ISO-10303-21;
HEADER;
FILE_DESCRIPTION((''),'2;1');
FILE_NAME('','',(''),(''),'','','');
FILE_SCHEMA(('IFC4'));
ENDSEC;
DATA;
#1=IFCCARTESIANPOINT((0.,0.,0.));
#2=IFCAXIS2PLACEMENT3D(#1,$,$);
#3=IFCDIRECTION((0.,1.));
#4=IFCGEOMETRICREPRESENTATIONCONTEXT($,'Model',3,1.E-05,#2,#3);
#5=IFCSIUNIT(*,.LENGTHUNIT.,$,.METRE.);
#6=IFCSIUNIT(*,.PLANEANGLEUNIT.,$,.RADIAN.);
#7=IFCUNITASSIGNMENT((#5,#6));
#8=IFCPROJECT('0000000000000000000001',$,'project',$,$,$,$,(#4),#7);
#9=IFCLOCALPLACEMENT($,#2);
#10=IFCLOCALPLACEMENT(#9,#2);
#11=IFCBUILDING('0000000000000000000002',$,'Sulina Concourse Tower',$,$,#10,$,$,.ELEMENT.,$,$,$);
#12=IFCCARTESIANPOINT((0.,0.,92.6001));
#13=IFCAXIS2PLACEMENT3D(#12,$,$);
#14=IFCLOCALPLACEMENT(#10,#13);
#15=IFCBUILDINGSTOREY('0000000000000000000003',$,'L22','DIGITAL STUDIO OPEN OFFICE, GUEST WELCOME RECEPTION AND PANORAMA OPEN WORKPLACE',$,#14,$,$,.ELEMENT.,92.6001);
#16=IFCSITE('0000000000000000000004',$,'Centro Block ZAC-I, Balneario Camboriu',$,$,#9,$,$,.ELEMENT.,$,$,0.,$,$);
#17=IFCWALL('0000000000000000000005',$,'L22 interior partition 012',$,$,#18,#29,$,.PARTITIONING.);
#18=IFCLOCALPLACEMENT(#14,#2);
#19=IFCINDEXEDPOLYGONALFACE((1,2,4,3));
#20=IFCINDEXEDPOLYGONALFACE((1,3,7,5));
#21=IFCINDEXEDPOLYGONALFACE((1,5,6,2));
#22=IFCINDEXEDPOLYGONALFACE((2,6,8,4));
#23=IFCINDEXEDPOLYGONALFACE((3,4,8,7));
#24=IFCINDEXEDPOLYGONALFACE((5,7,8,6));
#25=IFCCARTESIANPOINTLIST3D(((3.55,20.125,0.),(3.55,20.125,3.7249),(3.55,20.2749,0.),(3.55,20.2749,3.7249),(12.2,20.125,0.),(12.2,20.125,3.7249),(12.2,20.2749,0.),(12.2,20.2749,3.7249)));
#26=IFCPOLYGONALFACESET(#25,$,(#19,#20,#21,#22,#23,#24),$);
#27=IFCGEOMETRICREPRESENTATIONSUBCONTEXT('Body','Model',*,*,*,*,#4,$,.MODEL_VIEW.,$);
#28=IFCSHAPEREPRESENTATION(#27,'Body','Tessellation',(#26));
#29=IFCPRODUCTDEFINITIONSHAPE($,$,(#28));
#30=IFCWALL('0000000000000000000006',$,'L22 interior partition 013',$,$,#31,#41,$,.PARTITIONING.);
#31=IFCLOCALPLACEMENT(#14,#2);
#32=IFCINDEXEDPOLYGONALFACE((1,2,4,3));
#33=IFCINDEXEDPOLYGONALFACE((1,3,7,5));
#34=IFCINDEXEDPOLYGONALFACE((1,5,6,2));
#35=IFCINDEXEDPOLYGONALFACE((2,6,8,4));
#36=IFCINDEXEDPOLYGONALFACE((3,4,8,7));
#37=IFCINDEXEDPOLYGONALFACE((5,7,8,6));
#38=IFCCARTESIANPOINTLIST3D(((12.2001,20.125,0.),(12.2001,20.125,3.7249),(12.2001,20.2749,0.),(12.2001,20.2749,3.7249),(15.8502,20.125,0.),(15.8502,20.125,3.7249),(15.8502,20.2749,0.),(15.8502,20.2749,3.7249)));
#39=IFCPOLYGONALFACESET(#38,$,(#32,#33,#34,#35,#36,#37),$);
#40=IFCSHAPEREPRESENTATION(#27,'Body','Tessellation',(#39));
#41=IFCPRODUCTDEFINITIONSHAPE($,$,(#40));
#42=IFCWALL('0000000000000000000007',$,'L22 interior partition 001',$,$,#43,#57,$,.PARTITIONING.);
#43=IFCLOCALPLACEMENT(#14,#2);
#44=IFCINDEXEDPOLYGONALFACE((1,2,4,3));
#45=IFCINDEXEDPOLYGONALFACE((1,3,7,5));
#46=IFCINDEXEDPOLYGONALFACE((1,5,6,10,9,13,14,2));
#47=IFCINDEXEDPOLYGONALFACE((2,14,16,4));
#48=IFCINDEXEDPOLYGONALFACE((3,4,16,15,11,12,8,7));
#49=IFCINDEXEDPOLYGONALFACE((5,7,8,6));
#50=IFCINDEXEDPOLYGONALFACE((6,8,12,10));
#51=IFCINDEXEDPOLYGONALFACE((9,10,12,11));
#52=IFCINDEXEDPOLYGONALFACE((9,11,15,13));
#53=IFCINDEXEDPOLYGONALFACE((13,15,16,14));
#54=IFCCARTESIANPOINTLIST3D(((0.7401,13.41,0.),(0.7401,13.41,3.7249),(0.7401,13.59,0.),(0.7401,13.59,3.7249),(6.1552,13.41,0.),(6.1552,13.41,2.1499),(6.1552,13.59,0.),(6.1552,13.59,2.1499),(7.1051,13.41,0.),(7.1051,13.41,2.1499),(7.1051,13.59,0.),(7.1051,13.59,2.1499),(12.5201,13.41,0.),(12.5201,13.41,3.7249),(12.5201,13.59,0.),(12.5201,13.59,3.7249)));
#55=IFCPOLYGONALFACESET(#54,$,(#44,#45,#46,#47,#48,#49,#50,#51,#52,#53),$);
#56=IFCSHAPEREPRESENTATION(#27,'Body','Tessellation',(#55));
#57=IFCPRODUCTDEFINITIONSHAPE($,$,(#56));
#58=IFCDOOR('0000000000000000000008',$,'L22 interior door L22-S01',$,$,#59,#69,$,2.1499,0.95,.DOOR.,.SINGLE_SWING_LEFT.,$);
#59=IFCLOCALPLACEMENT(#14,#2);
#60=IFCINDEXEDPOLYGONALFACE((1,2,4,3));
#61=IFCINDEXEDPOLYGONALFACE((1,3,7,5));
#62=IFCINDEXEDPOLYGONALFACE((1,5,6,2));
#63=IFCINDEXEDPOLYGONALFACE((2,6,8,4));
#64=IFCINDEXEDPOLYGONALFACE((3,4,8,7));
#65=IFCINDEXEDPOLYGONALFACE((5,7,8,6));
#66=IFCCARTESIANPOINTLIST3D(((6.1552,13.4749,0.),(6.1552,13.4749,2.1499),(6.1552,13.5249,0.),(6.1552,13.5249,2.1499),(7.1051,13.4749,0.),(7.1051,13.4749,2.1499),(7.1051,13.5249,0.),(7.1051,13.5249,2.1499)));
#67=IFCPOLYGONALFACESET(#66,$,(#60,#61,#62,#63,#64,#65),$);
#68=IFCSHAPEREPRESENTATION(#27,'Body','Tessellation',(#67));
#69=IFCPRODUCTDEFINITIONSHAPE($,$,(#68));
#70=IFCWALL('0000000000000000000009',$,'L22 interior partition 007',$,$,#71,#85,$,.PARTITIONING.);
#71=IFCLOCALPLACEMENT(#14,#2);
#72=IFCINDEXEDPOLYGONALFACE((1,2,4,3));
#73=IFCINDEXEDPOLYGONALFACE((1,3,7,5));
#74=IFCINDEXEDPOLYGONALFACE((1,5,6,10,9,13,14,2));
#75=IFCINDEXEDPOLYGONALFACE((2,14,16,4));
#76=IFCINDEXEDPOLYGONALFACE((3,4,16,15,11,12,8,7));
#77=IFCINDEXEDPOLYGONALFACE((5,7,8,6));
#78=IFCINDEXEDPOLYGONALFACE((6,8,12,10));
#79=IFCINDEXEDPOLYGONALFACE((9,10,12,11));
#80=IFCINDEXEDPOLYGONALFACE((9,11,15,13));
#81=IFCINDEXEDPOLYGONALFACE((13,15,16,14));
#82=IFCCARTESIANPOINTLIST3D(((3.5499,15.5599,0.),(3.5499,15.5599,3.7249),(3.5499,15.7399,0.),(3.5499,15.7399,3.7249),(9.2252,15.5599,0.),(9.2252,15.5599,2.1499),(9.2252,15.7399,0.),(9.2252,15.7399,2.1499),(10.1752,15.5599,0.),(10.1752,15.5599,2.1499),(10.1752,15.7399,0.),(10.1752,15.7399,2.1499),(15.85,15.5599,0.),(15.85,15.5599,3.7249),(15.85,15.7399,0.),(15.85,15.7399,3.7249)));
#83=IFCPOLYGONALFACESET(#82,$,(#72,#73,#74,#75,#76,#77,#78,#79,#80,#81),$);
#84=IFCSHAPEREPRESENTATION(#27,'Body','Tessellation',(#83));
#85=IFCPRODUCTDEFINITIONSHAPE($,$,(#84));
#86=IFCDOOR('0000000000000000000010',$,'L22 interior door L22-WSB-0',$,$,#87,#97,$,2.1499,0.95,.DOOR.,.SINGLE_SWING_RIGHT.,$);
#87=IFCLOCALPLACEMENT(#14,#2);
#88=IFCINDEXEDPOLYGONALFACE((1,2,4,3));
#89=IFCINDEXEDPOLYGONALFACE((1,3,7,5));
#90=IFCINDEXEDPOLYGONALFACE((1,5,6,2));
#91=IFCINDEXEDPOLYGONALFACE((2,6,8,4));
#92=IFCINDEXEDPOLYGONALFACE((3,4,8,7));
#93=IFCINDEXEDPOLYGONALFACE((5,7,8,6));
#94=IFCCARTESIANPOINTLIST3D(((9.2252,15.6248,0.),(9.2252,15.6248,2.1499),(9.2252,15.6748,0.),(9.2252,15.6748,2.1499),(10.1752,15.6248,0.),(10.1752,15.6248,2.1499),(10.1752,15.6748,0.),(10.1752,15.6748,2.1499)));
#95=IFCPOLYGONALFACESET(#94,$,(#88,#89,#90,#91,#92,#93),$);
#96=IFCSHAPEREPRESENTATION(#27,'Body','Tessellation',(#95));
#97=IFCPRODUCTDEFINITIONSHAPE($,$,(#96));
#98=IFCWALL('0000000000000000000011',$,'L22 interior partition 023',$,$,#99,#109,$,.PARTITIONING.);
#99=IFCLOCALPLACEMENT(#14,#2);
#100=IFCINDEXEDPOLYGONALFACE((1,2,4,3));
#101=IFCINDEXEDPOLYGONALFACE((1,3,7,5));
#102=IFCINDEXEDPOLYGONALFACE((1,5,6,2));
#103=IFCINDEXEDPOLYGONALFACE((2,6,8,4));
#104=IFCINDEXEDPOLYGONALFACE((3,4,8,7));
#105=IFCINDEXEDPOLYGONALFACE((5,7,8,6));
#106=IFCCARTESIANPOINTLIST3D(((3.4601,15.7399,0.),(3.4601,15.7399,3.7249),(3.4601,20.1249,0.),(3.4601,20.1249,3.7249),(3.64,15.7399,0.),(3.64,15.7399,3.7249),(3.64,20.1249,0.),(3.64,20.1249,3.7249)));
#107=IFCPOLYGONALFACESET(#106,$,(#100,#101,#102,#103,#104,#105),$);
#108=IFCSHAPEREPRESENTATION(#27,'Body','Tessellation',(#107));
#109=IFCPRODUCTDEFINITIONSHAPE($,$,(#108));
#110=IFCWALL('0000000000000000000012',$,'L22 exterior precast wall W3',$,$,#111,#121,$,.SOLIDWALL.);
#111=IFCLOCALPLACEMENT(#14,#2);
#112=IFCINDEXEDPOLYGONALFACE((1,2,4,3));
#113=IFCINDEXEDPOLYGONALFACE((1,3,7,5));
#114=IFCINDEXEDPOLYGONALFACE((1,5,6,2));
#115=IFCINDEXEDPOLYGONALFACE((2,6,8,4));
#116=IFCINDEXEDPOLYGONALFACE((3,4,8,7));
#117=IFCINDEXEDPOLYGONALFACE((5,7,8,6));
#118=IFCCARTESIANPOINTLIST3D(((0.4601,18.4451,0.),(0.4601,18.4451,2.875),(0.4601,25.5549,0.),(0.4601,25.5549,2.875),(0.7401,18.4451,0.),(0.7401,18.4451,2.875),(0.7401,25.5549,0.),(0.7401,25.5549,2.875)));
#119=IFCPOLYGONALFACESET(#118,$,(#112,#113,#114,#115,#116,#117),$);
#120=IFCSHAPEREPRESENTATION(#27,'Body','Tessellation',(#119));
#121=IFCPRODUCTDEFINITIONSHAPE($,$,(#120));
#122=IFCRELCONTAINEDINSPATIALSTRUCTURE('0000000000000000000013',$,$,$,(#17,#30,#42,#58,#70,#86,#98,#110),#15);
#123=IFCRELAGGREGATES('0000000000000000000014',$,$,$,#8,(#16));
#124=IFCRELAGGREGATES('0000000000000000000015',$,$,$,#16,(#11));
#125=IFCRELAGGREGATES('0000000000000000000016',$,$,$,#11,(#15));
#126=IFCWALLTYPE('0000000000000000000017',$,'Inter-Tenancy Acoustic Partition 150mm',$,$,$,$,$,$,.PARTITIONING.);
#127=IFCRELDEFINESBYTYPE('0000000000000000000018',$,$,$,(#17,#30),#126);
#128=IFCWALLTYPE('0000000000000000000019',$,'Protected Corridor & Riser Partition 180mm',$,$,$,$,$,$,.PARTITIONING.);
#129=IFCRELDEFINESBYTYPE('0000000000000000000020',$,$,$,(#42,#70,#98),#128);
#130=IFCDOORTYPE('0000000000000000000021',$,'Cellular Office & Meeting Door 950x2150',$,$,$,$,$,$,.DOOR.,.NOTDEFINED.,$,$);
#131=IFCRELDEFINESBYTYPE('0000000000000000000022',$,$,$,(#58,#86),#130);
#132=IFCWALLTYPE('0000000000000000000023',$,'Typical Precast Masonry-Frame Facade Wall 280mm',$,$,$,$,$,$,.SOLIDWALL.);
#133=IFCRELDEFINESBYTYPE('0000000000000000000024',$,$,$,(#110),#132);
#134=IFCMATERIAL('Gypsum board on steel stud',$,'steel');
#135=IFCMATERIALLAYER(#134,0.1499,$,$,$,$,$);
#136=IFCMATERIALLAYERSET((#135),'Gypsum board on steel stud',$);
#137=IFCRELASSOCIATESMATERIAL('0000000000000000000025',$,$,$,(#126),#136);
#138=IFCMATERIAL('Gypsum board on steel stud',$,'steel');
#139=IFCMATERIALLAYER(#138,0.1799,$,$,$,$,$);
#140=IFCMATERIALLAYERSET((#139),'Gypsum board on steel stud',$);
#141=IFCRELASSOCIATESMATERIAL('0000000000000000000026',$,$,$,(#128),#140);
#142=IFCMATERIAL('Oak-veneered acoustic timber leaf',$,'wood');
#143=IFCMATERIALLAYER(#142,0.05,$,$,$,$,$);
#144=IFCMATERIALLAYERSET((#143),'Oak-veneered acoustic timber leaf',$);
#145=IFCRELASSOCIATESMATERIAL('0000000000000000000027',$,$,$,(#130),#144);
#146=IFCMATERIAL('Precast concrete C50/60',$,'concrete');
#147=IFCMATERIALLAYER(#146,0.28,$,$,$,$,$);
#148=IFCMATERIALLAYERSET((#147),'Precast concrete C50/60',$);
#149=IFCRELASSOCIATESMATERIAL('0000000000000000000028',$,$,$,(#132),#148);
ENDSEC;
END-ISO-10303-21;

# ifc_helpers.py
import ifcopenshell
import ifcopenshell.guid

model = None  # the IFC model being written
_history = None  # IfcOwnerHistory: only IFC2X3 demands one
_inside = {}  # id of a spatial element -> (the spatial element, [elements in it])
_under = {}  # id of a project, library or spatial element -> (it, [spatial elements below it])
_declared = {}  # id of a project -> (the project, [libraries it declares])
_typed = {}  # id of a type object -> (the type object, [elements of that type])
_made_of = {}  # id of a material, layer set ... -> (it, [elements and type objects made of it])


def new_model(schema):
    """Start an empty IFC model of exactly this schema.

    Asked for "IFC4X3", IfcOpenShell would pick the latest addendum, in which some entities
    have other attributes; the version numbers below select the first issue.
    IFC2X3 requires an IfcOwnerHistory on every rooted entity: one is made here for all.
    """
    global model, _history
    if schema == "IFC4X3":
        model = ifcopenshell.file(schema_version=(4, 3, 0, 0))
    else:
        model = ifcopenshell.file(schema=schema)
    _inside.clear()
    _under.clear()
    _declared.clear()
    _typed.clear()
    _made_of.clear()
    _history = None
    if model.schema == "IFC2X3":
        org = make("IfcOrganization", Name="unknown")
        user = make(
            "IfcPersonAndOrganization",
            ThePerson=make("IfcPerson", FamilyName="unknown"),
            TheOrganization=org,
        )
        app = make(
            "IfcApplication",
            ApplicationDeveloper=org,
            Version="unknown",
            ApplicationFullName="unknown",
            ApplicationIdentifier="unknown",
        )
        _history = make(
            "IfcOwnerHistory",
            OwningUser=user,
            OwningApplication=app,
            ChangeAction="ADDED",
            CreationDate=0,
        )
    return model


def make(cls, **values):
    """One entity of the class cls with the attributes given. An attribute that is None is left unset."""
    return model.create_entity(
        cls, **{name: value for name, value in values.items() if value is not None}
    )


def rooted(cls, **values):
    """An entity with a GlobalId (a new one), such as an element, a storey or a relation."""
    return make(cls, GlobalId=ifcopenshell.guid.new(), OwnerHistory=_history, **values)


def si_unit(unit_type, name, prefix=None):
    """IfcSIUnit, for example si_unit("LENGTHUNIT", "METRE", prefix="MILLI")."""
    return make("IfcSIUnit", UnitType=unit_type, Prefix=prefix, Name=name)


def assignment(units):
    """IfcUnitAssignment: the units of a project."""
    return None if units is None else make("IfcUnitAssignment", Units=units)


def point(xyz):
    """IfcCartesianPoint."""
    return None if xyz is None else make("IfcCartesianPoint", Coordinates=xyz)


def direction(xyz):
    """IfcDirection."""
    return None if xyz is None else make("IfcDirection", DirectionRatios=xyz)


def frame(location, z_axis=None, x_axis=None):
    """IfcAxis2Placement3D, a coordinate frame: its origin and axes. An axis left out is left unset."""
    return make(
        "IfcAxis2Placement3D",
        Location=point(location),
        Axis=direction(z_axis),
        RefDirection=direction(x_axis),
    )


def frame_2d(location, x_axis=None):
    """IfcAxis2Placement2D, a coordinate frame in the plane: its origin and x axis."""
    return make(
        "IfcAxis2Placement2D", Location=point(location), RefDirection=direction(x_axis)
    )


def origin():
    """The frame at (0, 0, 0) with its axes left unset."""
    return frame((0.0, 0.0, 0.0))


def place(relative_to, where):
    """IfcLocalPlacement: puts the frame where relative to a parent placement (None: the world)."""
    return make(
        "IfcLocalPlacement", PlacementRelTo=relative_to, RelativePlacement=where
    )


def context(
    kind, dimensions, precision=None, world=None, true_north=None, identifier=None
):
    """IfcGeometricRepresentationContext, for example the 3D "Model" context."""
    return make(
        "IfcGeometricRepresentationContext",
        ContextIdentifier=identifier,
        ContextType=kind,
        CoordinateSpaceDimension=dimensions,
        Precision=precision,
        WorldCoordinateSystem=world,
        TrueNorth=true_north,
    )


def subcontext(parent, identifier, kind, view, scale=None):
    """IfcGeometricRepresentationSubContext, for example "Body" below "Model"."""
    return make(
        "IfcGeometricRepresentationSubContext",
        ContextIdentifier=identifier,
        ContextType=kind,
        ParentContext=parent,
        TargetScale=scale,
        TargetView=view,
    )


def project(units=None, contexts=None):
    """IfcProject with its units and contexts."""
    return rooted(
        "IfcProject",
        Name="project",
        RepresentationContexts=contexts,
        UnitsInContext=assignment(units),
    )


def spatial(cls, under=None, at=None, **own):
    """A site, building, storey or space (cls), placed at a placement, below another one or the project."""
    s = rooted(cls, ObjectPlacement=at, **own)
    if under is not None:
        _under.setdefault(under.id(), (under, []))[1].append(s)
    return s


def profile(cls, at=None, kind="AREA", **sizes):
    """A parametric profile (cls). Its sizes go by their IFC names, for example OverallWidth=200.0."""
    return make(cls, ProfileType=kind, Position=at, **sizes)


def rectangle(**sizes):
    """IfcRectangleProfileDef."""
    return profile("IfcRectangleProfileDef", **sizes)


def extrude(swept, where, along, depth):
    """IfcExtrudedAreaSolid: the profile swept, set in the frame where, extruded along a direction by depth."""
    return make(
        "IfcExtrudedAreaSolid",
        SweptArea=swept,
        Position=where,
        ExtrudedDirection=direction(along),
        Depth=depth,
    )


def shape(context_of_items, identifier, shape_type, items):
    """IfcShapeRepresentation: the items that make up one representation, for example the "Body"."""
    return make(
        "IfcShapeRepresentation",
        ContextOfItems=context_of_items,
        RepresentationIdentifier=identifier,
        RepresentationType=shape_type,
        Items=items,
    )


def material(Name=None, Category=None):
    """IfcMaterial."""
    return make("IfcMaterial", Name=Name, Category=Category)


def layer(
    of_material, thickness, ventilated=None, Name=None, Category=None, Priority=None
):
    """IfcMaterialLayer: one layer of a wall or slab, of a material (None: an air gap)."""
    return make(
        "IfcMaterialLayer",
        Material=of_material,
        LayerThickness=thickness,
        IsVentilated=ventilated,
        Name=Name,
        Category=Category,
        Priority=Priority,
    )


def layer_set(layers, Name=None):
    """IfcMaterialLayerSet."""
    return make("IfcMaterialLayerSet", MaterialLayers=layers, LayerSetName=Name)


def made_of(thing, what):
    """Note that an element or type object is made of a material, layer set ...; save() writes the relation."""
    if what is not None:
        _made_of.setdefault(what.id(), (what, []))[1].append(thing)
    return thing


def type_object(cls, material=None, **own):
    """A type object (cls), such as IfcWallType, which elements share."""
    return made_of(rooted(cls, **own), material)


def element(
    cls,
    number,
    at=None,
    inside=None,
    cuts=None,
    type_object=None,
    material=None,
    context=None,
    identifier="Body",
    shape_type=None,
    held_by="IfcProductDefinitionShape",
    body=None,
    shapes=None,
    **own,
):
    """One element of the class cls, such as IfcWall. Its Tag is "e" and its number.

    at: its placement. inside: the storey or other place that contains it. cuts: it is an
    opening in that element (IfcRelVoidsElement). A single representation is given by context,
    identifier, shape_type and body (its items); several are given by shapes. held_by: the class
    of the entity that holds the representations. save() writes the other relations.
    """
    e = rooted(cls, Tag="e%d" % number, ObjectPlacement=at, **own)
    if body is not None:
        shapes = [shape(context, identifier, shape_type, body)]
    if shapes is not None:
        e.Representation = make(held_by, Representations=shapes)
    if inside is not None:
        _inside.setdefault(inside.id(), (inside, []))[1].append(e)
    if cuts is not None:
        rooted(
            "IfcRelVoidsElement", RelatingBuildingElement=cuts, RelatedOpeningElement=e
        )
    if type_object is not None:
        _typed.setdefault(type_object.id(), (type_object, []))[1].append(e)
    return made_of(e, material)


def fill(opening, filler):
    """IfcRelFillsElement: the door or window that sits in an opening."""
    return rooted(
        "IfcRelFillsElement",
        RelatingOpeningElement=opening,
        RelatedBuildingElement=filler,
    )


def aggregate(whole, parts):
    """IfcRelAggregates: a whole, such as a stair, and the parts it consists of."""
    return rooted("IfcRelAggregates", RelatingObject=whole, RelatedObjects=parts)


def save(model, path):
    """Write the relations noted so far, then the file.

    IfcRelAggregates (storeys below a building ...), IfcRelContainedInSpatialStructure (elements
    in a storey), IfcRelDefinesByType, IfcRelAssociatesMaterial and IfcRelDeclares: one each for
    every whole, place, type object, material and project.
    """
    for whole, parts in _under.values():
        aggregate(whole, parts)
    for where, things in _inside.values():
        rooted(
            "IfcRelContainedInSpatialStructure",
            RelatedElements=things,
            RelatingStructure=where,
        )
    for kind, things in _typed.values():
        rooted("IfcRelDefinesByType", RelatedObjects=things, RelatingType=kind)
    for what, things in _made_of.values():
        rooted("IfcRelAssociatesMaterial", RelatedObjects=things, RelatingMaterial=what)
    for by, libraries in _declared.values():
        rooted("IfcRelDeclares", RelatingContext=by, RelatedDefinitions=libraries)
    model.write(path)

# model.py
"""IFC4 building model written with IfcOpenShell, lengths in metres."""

from ifc_helpers import new_model, si_unit, direction, frame, frame_2d, origin, place, context, subcontext, project, spatial, rectangle, extrude, material, layer, layer_set, type_object, element, fill, save


model = new_model("IFC4")

# Units and contexts
model_context = context("Model", 3, precision=1e-05, world=origin(), true_north=direction((0.0, 1.0)))
body_context = subcontext(model_context, "Body", "Model", "MODEL_VIEW")
ifc_project = project(units=[si_unit("LENGTHUNIT", "METRE"), si_unit("PLANEANGLEUNIT", "RADIAN")], contexts=[model_context])

# Site, building, storey
site_placement = place(None, origin())
site = spatial("IfcSite", under=ifc_project, at=site_placement, Name="Centro Block ZAC-I, Balneario Camboriu", CompositionType="ELEMENT", RefElevation=0.0)
building_placement = place(site_placement, origin())
building = spatial("IfcBuilding", under=site, at=building_placement, Name="Sulina Concourse Tower", CompositionType="ELEMENT")
storey_placement = place(building_placement, frame((0.0, 0.0, 92.6001)))
storey = spatial("IfcBuildingStorey", under=building, at=storey_placement, Name="L22", Description="DIGITAL STUDIO OPEN OFFICE, GUEST WELCOME RECEPTION AND PANORAMA OPEN WORKPLACE", CompositionType="ELEMENT", Elevation=92.6001)

# Walls
ifc_material_1 = material(Name="Gypsum board on steel stud", Category="steel")
ifc_layer_1 = layer(ifc_material_1, 0.1499)
ifc_layer_set_1 = layer_set([ifc_layer_1], Name="Gypsum board on steel stud")
wall_type_1 = type_object("IfcWallType", Name="Inter-Tenancy Acoustic Partition 150mm", PredefinedType="PARTITIONING", material=ifc_layer_set_1)
wall_1_placement = place(storey_placement, frame((3.55, 20.2, 0.0), z_axis=(0.0, 0.0, 1.0), x_axis=(1.0, 0.0, 0.0)))
element("IfcWall", 1, at=wall_1_placement, inside=storey, type_object=wall_type_1, Name="L22 interior partition 012", PredefinedType="PARTITIONING", context=body_context, shape_type="SweptSolid", body=[
    extrude(rectangle(XDim=8.6499, YDim=0.1499, at=frame_2d((4.325, 0.0))), origin(), (0.0, 0.0, 1.0), 3.7249),
])
wall_2_placement = place(storey_placement, frame((12.2, 20.2, 0.0), z_axis=(0.0, 0.0, 1.0), x_axis=(1.0, 0.0, 0.0)))
element("IfcWall", 2, at=wall_2_placement, inside=storey, type_object=wall_type_1, Name="L22 interior partition 013", PredefinedType="PARTITIONING", context=body_context, shape_type="SweptSolid", body=[
    extrude(rectangle(XDim=3.6501, YDim=0.1499, at=frame_2d((1.8252, 0.0))), origin(), (0.0, 0.0, 1.0), 3.7249),
])

# Walls, openings, doors
ifc_material_2 = material(Name="Gypsum board on steel stud", Category="steel")
ifc_layer_2 = layer(ifc_material_2, 0.1799)
ifc_layer_set_2 = layer_set([ifc_layer_2], Name="Gypsum board on steel stud")
wall_type_2 = type_object("IfcWallType", Name="Protected Corridor & Riser Partition 180mm", PredefinedType="PARTITIONING", material=ifc_layer_set_2)
wall_3_placement = place(storey_placement, frame((0.74, 13.5, 0.0), z_axis=(0.0, 0.0, 1.0), x_axis=(1.0, 0.0, 0.0)))
wall_3 = element("IfcWall", 3, at=wall_3_placement, inside=storey, type_object=wall_type_2, Name="L22 interior partition 001", PredefinedType="PARTITIONING", context=body_context, shape_type="SweptSolid", body=[
    extrude(rectangle(XDim=11.78, YDim=0.1799, at=frame_2d((5.8901, 0.0))), origin(), (0.0, 0.0, 1.0), 3.7249),
])
opening_1_placement = place(wall_3_placement, frame((5.415, 0.0, 0.0)))
opening_1 = element("IfcOpeningElement", 4, at=opening_1_placement, cuts=wall_3, PredefinedType="OPENING", context=body_context, shape_type="SweptSolid", body=[
    extrude(rectangle(XDim=0.95, YDim=2.1499, at=frame_2d((0.4751, 1.075))), frame((0.0, 0.0999, 0.0), z_axis=(0.0, -1.0, 0.0), x_axis=(1.0, 0.0, 0.0)), (0.0, 0.0, 1.0), 0.2),
])
ifc_material_3 = material(Name="Oak-veneered acoustic timber leaf", Category="wood")
ifc_layer_3 = layer(ifc_material_3, 0.05)
ifc_layer_set_3 = layer_set([ifc_layer_3], Name="Oak-veneered acoustic timber leaf")
door_type = type_object("IfcDoorType", Name="Cellular Office & Meeting Door 950x2150", OperationType="NOTDEFINED", PredefinedType="DOOR", material=ifc_layer_set_3)
door_1_placement = place(opening_1_placement, origin())
door_1 = element("IfcDoor", 5, at=door_1_placement, inside=storey, type_object=door_type, Name="L22 interior door L22-S01", OperationType="SINGLE_SWING_LEFT", OverallHeight=2.1499, OverallWidth=0.95, PredefinedType="DOOR", context=body_context, shape_type="SweptSolid", body=[
    extrude(rectangle(XDim=0.95, YDim=2.1499, at=frame_2d((0.4751, 1.075))), frame((0.0, 0.0249, 0.0), z_axis=(0.0, -1.0, 0.0), x_axis=(1.0, 0.0, 0.0)), (0.0, 0.0, 1.0), 0.05),
])
fill(opening_1, door_1)
wall_4_placement = place(storey_placement, frame((3.55, 15.6499, 0.0), z_axis=(0.0, 0.0, 1.0), x_axis=(1.0, 0.0, 0.0)))
wall_4 = element("IfcWall", 6, at=wall_4_placement, inside=storey, type_object=wall_type_2, Name="L22 interior partition 007", PredefinedType="PARTITIONING", context=body_context, shape_type="SweptSolid", body=[
    extrude(rectangle(XDim=12.3, YDim=0.1799, at=frame_2d((6.1499, 0.0))), origin(), (0.0, 0.0, 1.0), 3.7249),
])
opening_2_placement = place(wall_4_placement, frame((5.675, 0.0, 0.0)))
opening_2 = element("IfcOpeningElement", 7, at=opening_2_placement, cuts=wall_4, PredefinedType="OPENING", context=body_context, shape_type="SweptSolid", body=[
    extrude(rectangle(XDim=0.95, YDim=2.1499, at=frame_2d((0.4751, 1.075))), frame((0.0, 0.0999, 0.0), z_axis=(0.0, -1.0, 0.0), x_axis=(1.0, 0.0, 0.0)), (0.0, 0.0, 1.0), 0.2),
])
door_2_placement = place(opening_2_placement, origin())
door_2 = element("IfcDoor", 8, at=door_2_placement, inside=storey, type_object=door_type, Name="L22 interior door L22-WSB-0", OperationType="SINGLE_SWING_RIGHT", OverallHeight=2.1499, OverallWidth=0.95, PredefinedType="DOOR", context=body_context, shape_type="SweptSolid", body=[
    extrude(rectangle(XDim=0.95, YDim=2.1499, at=frame_2d((0.4751, 1.075))), frame((0.0, 0.0249, 0.0), z_axis=(0.0, -1.0, 0.0), x_axis=(1.0, 0.0, 0.0)), (0.0, 0.0, 1.0), 0.05),
])
fill(opening_2, door_2)

# Walls
wall_5_placement = place(storey_placement, frame((3.55, 15.74, 0.0), z_axis=(0.0, 0.0, 1.0), x_axis=(0.0, 1.0, 0.0)))
element("IfcWall", 9, at=wall_5_placement, inside=storey, type_object=wall_type_2, Name="L22 interior partition 023", PredefinedType="PARTITIONING", context=body_context, shape_type="SweptSolid", body=[
    extrude(rectangle(XDim=4.385, YDim=0.1799, at=frame_2d((2.1924, 0.0))), origin(), (0.0, 0.0, 1.0), 3.7249),
])
ifc_material_4 = material(Name="Precast concrete C50/60", Category="concrete")
ifc_layer_4 = layer(ifc_material_4, 0.28)
ifc_layer_set_4 = layer_set([ifc_layer_4], Name="Precast concrete C50/60")
wall_type_3 = type_object("IfcWallType", Name="Typical Precast Masonry-Frame Facade Wall 280mm", PredefinedType="SOLIDWALL", material=ifc_layer_set_4)
wall_6_placement = place(storey_placement, frame((0.6001, 18.4451, 0.0), z_axis=(0.0, 0.0, 1.0), x_axis=(0.0, 1.0, 0.0)))
element("IfcWall", 10, at=wall_6_placement, inside=storey, type_object=wall_type_3, Name="L22 exterior precast wall W3", PredefinedType="SOLIDWALL", context=body_context, shape_type="SweptSolid", body=[
    extrude(rectangle(XDim=7.1099, YDim=0.28, at=frame_2d((3.5549, 0.0))), origin(), (0.0, 0.0, 1.0), 2.875),
])

save(model, "model.ifc")
